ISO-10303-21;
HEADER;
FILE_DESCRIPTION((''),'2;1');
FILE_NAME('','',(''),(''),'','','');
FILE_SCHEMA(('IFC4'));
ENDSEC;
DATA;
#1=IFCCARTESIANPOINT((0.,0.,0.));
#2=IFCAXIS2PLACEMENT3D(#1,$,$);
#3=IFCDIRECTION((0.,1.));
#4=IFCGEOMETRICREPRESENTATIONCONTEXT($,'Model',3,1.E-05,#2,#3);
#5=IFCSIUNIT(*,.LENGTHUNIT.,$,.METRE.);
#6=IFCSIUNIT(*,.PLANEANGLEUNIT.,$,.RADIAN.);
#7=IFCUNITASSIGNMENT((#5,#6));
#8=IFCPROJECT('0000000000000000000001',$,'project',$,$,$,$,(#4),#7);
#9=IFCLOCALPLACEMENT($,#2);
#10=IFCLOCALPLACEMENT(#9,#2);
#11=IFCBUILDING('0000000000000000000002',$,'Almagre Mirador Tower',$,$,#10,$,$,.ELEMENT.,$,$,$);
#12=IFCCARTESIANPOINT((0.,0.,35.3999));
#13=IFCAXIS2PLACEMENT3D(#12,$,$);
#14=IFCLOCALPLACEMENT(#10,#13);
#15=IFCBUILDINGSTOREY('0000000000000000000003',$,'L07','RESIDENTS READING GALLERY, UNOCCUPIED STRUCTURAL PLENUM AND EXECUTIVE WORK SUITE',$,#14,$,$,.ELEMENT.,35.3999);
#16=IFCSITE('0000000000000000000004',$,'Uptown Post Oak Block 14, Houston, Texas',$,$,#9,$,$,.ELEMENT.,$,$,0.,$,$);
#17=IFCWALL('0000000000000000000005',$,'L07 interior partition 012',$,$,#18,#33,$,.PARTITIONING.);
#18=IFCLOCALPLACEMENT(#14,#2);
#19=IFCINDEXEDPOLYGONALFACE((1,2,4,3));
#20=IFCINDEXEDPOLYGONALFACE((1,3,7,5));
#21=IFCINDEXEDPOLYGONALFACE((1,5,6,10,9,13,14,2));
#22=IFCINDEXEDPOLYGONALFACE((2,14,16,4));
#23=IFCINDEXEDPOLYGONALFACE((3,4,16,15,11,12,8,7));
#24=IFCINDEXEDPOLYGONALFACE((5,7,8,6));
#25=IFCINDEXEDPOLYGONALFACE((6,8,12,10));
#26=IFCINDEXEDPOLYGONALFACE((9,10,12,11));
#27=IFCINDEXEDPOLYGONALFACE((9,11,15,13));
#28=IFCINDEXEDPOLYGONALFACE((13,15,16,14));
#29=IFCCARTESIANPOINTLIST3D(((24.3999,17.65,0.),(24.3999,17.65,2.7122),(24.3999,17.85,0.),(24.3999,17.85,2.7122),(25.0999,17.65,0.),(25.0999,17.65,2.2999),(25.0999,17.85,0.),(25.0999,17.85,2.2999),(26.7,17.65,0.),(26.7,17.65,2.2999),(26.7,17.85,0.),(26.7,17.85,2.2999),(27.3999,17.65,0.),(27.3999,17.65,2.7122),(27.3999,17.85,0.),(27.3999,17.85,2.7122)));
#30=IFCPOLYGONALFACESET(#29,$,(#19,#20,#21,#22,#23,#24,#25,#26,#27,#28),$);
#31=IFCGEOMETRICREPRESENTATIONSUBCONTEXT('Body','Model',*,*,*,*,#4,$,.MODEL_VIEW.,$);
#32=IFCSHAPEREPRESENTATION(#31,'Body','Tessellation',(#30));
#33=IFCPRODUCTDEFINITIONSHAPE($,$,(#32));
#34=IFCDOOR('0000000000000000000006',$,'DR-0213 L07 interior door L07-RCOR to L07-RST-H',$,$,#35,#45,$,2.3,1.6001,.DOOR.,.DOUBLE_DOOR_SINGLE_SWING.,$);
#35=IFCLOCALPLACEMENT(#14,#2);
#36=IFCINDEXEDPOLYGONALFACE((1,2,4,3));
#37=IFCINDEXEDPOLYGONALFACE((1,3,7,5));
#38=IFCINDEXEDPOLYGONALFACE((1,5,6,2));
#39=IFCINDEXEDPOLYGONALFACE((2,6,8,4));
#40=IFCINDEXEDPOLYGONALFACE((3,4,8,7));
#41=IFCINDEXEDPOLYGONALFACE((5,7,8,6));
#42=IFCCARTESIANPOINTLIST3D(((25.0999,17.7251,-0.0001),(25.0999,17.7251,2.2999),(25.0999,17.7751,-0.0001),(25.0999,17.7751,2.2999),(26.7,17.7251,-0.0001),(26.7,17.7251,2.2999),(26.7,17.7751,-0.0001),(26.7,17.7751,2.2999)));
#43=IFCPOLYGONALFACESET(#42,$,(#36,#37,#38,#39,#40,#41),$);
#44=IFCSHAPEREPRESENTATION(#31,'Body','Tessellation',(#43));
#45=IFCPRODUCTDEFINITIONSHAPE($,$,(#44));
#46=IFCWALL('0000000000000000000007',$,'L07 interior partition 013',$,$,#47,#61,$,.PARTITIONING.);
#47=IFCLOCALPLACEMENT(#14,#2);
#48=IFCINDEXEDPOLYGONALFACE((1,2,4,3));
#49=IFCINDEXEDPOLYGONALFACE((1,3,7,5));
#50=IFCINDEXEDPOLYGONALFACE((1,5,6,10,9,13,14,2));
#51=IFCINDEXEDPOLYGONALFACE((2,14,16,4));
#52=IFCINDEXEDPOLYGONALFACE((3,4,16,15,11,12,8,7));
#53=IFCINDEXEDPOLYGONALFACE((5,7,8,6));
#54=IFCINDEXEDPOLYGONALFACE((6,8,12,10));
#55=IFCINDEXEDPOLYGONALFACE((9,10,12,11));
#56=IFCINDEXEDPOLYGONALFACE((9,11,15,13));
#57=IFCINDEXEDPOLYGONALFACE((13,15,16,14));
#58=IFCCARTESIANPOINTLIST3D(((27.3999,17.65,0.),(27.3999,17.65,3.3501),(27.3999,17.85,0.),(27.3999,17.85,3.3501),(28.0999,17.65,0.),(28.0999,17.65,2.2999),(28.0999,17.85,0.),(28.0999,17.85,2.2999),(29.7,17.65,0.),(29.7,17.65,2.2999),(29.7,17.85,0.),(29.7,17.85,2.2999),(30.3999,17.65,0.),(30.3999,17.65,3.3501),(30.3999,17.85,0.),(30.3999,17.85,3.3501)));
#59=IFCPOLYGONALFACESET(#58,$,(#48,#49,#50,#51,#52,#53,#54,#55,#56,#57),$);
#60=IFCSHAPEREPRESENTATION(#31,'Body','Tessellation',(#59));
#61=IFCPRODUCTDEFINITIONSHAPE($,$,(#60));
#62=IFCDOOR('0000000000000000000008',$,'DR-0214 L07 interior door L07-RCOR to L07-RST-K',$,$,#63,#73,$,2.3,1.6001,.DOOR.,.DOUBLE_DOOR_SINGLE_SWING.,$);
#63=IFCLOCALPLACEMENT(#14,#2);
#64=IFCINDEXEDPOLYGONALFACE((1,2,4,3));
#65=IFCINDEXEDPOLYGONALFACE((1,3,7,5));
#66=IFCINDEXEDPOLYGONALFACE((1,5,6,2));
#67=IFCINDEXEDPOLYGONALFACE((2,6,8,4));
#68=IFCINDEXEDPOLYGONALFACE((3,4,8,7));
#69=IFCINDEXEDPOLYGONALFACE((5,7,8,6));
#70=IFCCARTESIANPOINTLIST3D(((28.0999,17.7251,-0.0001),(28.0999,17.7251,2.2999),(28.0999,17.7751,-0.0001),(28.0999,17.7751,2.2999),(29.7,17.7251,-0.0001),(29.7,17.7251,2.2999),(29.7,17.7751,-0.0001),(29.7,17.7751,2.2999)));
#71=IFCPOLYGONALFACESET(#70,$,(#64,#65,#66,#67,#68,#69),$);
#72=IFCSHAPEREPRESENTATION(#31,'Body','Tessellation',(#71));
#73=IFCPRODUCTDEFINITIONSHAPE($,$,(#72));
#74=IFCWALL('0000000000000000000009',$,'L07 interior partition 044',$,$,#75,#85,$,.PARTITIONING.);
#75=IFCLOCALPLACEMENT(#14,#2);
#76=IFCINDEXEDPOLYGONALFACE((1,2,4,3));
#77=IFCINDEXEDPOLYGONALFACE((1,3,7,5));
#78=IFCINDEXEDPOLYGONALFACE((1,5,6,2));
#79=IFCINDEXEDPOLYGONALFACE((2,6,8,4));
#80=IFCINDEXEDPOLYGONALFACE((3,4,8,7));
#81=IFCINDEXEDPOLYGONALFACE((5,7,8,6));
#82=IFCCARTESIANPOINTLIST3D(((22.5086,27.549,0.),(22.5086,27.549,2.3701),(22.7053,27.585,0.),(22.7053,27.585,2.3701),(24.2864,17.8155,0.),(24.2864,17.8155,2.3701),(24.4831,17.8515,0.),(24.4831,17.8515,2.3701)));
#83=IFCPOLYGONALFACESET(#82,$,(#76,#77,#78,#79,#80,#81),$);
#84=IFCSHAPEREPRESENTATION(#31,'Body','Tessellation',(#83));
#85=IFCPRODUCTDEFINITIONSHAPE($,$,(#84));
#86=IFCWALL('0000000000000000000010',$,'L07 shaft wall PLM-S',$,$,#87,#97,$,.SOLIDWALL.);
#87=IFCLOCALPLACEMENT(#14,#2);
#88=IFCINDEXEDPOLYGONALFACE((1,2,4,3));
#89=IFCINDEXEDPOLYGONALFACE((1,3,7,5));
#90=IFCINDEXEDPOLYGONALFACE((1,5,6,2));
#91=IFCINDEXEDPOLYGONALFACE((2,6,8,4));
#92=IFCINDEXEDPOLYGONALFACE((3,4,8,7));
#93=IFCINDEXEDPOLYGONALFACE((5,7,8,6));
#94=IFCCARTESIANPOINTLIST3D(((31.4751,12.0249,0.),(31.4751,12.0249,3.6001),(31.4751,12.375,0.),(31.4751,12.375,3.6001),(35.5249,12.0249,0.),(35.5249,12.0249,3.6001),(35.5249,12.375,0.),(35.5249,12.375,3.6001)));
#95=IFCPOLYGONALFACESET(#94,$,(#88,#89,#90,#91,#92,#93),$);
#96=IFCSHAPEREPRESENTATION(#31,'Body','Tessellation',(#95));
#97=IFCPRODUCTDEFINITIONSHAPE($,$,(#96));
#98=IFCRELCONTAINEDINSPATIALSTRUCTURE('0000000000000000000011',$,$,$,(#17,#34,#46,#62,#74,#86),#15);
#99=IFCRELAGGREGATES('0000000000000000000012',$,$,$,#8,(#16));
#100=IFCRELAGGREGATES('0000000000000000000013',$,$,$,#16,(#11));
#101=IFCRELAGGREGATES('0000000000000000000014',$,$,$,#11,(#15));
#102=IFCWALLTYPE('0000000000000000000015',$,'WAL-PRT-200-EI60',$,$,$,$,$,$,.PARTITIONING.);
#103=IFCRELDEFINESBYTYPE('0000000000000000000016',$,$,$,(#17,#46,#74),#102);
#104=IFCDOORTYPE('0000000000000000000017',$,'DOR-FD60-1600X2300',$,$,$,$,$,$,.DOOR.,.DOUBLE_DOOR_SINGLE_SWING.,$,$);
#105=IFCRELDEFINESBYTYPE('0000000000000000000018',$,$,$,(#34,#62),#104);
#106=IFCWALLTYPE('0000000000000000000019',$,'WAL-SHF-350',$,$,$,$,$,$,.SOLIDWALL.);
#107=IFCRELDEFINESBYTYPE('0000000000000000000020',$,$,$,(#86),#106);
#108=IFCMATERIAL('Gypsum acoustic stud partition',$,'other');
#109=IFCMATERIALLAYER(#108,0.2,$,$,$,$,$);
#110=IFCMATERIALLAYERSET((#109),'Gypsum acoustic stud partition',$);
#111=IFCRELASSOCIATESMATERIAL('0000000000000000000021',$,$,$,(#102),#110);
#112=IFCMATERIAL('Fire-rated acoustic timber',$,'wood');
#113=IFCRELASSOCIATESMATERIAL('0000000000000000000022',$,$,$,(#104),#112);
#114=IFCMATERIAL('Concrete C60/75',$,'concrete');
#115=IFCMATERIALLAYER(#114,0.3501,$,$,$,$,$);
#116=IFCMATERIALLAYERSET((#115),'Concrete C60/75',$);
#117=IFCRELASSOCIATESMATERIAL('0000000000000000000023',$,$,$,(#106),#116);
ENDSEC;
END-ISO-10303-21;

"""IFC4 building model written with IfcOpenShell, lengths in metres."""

from ifc_helpers import new_model, si_unit, direction, frame, frame_2d, origin, place, context, subcontext, project, spatial, rectangle, extrude, material, layer, layer_set, type_object, element, fill, save


model = new_model("IFC4")

# Units and contexts
model_context = context("Model", 3, precision=1e-05, world=origin(), true_north=direction((0.0, 1.0)))
body_context = subcontext(model_context, "Body", "Model", "MODEL_VIEW")
ifc_project = project(units=[si_unit("LENGTHUNIT", "METRE"), si_unit("PLANEANGLEUNIT", "RADIAN")], contexts=[model_context])

# Site, building, storey
site_placement = place(None, origin())
site = spatial("IfcSite", under=ifc_project, at=site_placement, Name="Uptown Post Oak Block 14, Houston, Texas", CompositionType="ELEMENT", RefElevation=0.0)
building_placement = place(site_placement, origin())
building = spatial("IfcBuilding", under=site, at=building_placement, Name="Almagre Mirador Tower", CompositionType="ELEMENT")
storey_placement = place(building_placement, frame((0.0, 0.0, 35.3999)))
storey = spatial("IfcBuildingStorey", under=building, at=storey_placement, Name="L07", Description="RESIDENTS READING GALLERY, UNOCCUPIED STRUCTURAL PLENUM AND EXECUTIVE WORK SUITE", CompositionType="ELEMENT", Elevation=35.3999)

# Shared definitions
ifc_material_1 = material(Name="Gypsum acoustic stud partition", Category="other")
ifc_layer_1 = layer(ifc_material_1, 0.2)
ifc_layer_set_1 = layer_set([ifc_layer_1], Name="Gypsum acoustic stud partition")
wall_type_1 = type_object("IfcWallType", Name="WAL-PRT-200-EI60", PredefinedType="PARTITIONING", material=ifc_layer_set_1)

# Walls, openings, doors
wall_1_placement = place(storey_placement, frame((27.3999, 17.75, 0.0), z_axis=(0.0, 0.0, 1.0), x_axis=(-1.0, 0.0, 0.0)))
wall_1 = element("IfcWall", 1, at=wall_1_placement, inside=storey, type_object=wall_type_1, Name="L07 interior partition 012", PredefinedType="PARTITIONING", context=body_context, shape_type="SweptSolid", body=[
    extrude(rectangle(XDim=3.0, YDim=0.2, at=frame_2d((1.5, 0.0))), origin(), (0.0, 0.0, 1.0), 2.7122),
])
opening_1_placement = place(wall_1_placement, frame((0.7, 0.0, 0.0)))
opening_1 = element("IfcOpeningElement", 2, at=opening_1_placement, cuts=wall_1, PredefinedType="OPENING", context=body_context, shape_type="SweptSolid", body=[
    extrude(rectangle(XDim=1.6001, YDim=2.3, at=frame_2d((0.8, 1.1499))), frame((0.0, 0.1101, 0.0), z_axis=(0.0, -1.0, 0.0), x_axis=(1.0, 0.0, 0.0)), (0.0, 0.0, 1.0), 0.22),
])
ifc_material_2 = material(Name="Fire-rated acoustic timber", Category="wood")
door_type_1 = type_object("IfcDoorType", Name="DOR-FD60-1600X2300", OperationType="DOUBLE_DOOR_SINGLE_SWING", PredefinedType="DOOR", material=ifc_material_2)
door_1_placement = place(opening_1_placement, origin())
door_1 = element("IfcDoor", 3, at=door_1_placement, inside=storey, type_object=door_type_1, Name="DR-0213 L07 interior door L07-RCOR to L07-RST-H", OperationType="DOUBLE_DOOR_SINGLE_SWING", OverallHeight=2.3, OverallWidth=1.6001, PredefinedType="DOOR", context=body_context, shape_type="SweptSolid", body=[
    extrude(rectangle(XDim=1.6001, YDim=2.3, at=frame_2d((0.8, 1.1499))), frame((0.0, 0.0249, 0.0), z_axis=(0.0, -1.0, 0.0), x_axis=(1.0, 0.0, 0.0)), (0.0, 0.0, 1.0), 0.05),
])
fill(opening_1, door_1)
wall_2_placement = place(storey_placement, frame((30.3999, 17.75, 0.0), z_axis=(0.0, 0.0, 1.0), x_axis=(-1.0, 0.0, 0.0)))
wall_2 = element("IfcWall", 4, at=wall_2_placement, inside=storey, type_object=wall_type_1, Name="L07 interior partition 013", PredefinedType="PARTITIONING", context=body_context, shape_type="SweptSolid", body=[
    extrude(rectangle(XDim=3.0, YDim=0.2, at=frame_2d((1.5, 0.0))), origin(), (0.0, 0.0, 1.0), 3.3501),
])
opening_2_placement = place(wall_2_placement, frame((0.7, 0.0, 0.0)))
opening_2 = element("IfcOpeningElement", 5, at=opening_2_placement, cuts=wall_2, PredefinedType="OPENING", context=body_context, shape_type="SweptSolid", body=[
    extrude(rectangle(XDim=1.6001, YDim=2.3, at=frame_2d((0.8, 1.1499))), frame((0.0, 0.1101, 0.0), z_axis=(0.0, -1.0, 0.0), x_axis=(1.0, 0.0, 0.0)), (0.0, 0.0, 1.0), 0.22),
])
door_2_placement = place(opening_2_placement, origin())
door_2 = element("IfcDoor", 6, at=door_2_placement, inside=storey, type_object=door_type_1, Name="DR-0214 L07 interior door L07-RCOR to L07-RST-K", OperationType="DOUBLE_DOOR_SINGLE_SWING", OverallHeight=2.3, OverallWidth=1.6001, PredefinedType="DOOR", context=body_context, shape_type="SweptSolid", body=[
    extrude(rectangle(XDim=1.6001, YDim=2.3, at=frame_2d((0.8, 1.1499))), frame((0.0, 0.0249, 0.0), z_axis=(0.0, -1.0, 0.0), x_axis=(1.0, 0.0, 0.0)), (0.0, 0.0, 1.0), 0.05),
])
fill(opening_2, door_2)

# Walls
wall_3_placement = place(storey_placement, frame((24.3848, 17.8335, 0.0), z_axis=(0.0, 0.0, 1.0), x_axis=(-0.17968, 0.983725, 0.0)))
element("IfcWall", 7, at=wall_3_placement, inside=storey, type_object=wall_type_1, Name="L07 interior partition 044", PredefinedType="PARTITIONING", context=body_context, shape_type="SweptSolid", body=[
    extrude(rectangle(XDim=9.8945, YDim=0.2, at=frame_2d((4.9473, 0.0))), origin(), (0.0, 0.0, 1.0), 2.3701),
])
ifc_material_3 = material(Name="Concrete C60/75", Category="concrete")
ifc_layer_2 = layer(ifc_material_3, 0.3501)
ifc_layer_set_2 = layer_set([ifc_layer_2], Name="Concrete C60/75")
wall_type_2 = type_object("IfcWallType", Name="WAL-SHF-350", PredefinedType="SOLIDWALL", material=ifc_layer_set_2)
wall_4_placement = place(storey_placement, frame((31.4751, 12.2, 0.0), z_axis=(0.0, 0.0, 1.0), x_axis=(1.0, 0.0, 0.0)))
element("IfcWall", 8, at=wall_4_placement, inside=storey, type_object=wall_type_2, Name="L07 shaft wall PLM-S", PredefinedType="SOLIDWALL", context=body_context, shape_type="SweptSolid", body=[
    extrude(rectangle(XDim=4.0498, YDim=0.3501, at=frame_2d((2.0249, 0.0))), origin(), (0.0, 0.0, 1.0), 3.6001),
])

save(model, "model.ifc")
